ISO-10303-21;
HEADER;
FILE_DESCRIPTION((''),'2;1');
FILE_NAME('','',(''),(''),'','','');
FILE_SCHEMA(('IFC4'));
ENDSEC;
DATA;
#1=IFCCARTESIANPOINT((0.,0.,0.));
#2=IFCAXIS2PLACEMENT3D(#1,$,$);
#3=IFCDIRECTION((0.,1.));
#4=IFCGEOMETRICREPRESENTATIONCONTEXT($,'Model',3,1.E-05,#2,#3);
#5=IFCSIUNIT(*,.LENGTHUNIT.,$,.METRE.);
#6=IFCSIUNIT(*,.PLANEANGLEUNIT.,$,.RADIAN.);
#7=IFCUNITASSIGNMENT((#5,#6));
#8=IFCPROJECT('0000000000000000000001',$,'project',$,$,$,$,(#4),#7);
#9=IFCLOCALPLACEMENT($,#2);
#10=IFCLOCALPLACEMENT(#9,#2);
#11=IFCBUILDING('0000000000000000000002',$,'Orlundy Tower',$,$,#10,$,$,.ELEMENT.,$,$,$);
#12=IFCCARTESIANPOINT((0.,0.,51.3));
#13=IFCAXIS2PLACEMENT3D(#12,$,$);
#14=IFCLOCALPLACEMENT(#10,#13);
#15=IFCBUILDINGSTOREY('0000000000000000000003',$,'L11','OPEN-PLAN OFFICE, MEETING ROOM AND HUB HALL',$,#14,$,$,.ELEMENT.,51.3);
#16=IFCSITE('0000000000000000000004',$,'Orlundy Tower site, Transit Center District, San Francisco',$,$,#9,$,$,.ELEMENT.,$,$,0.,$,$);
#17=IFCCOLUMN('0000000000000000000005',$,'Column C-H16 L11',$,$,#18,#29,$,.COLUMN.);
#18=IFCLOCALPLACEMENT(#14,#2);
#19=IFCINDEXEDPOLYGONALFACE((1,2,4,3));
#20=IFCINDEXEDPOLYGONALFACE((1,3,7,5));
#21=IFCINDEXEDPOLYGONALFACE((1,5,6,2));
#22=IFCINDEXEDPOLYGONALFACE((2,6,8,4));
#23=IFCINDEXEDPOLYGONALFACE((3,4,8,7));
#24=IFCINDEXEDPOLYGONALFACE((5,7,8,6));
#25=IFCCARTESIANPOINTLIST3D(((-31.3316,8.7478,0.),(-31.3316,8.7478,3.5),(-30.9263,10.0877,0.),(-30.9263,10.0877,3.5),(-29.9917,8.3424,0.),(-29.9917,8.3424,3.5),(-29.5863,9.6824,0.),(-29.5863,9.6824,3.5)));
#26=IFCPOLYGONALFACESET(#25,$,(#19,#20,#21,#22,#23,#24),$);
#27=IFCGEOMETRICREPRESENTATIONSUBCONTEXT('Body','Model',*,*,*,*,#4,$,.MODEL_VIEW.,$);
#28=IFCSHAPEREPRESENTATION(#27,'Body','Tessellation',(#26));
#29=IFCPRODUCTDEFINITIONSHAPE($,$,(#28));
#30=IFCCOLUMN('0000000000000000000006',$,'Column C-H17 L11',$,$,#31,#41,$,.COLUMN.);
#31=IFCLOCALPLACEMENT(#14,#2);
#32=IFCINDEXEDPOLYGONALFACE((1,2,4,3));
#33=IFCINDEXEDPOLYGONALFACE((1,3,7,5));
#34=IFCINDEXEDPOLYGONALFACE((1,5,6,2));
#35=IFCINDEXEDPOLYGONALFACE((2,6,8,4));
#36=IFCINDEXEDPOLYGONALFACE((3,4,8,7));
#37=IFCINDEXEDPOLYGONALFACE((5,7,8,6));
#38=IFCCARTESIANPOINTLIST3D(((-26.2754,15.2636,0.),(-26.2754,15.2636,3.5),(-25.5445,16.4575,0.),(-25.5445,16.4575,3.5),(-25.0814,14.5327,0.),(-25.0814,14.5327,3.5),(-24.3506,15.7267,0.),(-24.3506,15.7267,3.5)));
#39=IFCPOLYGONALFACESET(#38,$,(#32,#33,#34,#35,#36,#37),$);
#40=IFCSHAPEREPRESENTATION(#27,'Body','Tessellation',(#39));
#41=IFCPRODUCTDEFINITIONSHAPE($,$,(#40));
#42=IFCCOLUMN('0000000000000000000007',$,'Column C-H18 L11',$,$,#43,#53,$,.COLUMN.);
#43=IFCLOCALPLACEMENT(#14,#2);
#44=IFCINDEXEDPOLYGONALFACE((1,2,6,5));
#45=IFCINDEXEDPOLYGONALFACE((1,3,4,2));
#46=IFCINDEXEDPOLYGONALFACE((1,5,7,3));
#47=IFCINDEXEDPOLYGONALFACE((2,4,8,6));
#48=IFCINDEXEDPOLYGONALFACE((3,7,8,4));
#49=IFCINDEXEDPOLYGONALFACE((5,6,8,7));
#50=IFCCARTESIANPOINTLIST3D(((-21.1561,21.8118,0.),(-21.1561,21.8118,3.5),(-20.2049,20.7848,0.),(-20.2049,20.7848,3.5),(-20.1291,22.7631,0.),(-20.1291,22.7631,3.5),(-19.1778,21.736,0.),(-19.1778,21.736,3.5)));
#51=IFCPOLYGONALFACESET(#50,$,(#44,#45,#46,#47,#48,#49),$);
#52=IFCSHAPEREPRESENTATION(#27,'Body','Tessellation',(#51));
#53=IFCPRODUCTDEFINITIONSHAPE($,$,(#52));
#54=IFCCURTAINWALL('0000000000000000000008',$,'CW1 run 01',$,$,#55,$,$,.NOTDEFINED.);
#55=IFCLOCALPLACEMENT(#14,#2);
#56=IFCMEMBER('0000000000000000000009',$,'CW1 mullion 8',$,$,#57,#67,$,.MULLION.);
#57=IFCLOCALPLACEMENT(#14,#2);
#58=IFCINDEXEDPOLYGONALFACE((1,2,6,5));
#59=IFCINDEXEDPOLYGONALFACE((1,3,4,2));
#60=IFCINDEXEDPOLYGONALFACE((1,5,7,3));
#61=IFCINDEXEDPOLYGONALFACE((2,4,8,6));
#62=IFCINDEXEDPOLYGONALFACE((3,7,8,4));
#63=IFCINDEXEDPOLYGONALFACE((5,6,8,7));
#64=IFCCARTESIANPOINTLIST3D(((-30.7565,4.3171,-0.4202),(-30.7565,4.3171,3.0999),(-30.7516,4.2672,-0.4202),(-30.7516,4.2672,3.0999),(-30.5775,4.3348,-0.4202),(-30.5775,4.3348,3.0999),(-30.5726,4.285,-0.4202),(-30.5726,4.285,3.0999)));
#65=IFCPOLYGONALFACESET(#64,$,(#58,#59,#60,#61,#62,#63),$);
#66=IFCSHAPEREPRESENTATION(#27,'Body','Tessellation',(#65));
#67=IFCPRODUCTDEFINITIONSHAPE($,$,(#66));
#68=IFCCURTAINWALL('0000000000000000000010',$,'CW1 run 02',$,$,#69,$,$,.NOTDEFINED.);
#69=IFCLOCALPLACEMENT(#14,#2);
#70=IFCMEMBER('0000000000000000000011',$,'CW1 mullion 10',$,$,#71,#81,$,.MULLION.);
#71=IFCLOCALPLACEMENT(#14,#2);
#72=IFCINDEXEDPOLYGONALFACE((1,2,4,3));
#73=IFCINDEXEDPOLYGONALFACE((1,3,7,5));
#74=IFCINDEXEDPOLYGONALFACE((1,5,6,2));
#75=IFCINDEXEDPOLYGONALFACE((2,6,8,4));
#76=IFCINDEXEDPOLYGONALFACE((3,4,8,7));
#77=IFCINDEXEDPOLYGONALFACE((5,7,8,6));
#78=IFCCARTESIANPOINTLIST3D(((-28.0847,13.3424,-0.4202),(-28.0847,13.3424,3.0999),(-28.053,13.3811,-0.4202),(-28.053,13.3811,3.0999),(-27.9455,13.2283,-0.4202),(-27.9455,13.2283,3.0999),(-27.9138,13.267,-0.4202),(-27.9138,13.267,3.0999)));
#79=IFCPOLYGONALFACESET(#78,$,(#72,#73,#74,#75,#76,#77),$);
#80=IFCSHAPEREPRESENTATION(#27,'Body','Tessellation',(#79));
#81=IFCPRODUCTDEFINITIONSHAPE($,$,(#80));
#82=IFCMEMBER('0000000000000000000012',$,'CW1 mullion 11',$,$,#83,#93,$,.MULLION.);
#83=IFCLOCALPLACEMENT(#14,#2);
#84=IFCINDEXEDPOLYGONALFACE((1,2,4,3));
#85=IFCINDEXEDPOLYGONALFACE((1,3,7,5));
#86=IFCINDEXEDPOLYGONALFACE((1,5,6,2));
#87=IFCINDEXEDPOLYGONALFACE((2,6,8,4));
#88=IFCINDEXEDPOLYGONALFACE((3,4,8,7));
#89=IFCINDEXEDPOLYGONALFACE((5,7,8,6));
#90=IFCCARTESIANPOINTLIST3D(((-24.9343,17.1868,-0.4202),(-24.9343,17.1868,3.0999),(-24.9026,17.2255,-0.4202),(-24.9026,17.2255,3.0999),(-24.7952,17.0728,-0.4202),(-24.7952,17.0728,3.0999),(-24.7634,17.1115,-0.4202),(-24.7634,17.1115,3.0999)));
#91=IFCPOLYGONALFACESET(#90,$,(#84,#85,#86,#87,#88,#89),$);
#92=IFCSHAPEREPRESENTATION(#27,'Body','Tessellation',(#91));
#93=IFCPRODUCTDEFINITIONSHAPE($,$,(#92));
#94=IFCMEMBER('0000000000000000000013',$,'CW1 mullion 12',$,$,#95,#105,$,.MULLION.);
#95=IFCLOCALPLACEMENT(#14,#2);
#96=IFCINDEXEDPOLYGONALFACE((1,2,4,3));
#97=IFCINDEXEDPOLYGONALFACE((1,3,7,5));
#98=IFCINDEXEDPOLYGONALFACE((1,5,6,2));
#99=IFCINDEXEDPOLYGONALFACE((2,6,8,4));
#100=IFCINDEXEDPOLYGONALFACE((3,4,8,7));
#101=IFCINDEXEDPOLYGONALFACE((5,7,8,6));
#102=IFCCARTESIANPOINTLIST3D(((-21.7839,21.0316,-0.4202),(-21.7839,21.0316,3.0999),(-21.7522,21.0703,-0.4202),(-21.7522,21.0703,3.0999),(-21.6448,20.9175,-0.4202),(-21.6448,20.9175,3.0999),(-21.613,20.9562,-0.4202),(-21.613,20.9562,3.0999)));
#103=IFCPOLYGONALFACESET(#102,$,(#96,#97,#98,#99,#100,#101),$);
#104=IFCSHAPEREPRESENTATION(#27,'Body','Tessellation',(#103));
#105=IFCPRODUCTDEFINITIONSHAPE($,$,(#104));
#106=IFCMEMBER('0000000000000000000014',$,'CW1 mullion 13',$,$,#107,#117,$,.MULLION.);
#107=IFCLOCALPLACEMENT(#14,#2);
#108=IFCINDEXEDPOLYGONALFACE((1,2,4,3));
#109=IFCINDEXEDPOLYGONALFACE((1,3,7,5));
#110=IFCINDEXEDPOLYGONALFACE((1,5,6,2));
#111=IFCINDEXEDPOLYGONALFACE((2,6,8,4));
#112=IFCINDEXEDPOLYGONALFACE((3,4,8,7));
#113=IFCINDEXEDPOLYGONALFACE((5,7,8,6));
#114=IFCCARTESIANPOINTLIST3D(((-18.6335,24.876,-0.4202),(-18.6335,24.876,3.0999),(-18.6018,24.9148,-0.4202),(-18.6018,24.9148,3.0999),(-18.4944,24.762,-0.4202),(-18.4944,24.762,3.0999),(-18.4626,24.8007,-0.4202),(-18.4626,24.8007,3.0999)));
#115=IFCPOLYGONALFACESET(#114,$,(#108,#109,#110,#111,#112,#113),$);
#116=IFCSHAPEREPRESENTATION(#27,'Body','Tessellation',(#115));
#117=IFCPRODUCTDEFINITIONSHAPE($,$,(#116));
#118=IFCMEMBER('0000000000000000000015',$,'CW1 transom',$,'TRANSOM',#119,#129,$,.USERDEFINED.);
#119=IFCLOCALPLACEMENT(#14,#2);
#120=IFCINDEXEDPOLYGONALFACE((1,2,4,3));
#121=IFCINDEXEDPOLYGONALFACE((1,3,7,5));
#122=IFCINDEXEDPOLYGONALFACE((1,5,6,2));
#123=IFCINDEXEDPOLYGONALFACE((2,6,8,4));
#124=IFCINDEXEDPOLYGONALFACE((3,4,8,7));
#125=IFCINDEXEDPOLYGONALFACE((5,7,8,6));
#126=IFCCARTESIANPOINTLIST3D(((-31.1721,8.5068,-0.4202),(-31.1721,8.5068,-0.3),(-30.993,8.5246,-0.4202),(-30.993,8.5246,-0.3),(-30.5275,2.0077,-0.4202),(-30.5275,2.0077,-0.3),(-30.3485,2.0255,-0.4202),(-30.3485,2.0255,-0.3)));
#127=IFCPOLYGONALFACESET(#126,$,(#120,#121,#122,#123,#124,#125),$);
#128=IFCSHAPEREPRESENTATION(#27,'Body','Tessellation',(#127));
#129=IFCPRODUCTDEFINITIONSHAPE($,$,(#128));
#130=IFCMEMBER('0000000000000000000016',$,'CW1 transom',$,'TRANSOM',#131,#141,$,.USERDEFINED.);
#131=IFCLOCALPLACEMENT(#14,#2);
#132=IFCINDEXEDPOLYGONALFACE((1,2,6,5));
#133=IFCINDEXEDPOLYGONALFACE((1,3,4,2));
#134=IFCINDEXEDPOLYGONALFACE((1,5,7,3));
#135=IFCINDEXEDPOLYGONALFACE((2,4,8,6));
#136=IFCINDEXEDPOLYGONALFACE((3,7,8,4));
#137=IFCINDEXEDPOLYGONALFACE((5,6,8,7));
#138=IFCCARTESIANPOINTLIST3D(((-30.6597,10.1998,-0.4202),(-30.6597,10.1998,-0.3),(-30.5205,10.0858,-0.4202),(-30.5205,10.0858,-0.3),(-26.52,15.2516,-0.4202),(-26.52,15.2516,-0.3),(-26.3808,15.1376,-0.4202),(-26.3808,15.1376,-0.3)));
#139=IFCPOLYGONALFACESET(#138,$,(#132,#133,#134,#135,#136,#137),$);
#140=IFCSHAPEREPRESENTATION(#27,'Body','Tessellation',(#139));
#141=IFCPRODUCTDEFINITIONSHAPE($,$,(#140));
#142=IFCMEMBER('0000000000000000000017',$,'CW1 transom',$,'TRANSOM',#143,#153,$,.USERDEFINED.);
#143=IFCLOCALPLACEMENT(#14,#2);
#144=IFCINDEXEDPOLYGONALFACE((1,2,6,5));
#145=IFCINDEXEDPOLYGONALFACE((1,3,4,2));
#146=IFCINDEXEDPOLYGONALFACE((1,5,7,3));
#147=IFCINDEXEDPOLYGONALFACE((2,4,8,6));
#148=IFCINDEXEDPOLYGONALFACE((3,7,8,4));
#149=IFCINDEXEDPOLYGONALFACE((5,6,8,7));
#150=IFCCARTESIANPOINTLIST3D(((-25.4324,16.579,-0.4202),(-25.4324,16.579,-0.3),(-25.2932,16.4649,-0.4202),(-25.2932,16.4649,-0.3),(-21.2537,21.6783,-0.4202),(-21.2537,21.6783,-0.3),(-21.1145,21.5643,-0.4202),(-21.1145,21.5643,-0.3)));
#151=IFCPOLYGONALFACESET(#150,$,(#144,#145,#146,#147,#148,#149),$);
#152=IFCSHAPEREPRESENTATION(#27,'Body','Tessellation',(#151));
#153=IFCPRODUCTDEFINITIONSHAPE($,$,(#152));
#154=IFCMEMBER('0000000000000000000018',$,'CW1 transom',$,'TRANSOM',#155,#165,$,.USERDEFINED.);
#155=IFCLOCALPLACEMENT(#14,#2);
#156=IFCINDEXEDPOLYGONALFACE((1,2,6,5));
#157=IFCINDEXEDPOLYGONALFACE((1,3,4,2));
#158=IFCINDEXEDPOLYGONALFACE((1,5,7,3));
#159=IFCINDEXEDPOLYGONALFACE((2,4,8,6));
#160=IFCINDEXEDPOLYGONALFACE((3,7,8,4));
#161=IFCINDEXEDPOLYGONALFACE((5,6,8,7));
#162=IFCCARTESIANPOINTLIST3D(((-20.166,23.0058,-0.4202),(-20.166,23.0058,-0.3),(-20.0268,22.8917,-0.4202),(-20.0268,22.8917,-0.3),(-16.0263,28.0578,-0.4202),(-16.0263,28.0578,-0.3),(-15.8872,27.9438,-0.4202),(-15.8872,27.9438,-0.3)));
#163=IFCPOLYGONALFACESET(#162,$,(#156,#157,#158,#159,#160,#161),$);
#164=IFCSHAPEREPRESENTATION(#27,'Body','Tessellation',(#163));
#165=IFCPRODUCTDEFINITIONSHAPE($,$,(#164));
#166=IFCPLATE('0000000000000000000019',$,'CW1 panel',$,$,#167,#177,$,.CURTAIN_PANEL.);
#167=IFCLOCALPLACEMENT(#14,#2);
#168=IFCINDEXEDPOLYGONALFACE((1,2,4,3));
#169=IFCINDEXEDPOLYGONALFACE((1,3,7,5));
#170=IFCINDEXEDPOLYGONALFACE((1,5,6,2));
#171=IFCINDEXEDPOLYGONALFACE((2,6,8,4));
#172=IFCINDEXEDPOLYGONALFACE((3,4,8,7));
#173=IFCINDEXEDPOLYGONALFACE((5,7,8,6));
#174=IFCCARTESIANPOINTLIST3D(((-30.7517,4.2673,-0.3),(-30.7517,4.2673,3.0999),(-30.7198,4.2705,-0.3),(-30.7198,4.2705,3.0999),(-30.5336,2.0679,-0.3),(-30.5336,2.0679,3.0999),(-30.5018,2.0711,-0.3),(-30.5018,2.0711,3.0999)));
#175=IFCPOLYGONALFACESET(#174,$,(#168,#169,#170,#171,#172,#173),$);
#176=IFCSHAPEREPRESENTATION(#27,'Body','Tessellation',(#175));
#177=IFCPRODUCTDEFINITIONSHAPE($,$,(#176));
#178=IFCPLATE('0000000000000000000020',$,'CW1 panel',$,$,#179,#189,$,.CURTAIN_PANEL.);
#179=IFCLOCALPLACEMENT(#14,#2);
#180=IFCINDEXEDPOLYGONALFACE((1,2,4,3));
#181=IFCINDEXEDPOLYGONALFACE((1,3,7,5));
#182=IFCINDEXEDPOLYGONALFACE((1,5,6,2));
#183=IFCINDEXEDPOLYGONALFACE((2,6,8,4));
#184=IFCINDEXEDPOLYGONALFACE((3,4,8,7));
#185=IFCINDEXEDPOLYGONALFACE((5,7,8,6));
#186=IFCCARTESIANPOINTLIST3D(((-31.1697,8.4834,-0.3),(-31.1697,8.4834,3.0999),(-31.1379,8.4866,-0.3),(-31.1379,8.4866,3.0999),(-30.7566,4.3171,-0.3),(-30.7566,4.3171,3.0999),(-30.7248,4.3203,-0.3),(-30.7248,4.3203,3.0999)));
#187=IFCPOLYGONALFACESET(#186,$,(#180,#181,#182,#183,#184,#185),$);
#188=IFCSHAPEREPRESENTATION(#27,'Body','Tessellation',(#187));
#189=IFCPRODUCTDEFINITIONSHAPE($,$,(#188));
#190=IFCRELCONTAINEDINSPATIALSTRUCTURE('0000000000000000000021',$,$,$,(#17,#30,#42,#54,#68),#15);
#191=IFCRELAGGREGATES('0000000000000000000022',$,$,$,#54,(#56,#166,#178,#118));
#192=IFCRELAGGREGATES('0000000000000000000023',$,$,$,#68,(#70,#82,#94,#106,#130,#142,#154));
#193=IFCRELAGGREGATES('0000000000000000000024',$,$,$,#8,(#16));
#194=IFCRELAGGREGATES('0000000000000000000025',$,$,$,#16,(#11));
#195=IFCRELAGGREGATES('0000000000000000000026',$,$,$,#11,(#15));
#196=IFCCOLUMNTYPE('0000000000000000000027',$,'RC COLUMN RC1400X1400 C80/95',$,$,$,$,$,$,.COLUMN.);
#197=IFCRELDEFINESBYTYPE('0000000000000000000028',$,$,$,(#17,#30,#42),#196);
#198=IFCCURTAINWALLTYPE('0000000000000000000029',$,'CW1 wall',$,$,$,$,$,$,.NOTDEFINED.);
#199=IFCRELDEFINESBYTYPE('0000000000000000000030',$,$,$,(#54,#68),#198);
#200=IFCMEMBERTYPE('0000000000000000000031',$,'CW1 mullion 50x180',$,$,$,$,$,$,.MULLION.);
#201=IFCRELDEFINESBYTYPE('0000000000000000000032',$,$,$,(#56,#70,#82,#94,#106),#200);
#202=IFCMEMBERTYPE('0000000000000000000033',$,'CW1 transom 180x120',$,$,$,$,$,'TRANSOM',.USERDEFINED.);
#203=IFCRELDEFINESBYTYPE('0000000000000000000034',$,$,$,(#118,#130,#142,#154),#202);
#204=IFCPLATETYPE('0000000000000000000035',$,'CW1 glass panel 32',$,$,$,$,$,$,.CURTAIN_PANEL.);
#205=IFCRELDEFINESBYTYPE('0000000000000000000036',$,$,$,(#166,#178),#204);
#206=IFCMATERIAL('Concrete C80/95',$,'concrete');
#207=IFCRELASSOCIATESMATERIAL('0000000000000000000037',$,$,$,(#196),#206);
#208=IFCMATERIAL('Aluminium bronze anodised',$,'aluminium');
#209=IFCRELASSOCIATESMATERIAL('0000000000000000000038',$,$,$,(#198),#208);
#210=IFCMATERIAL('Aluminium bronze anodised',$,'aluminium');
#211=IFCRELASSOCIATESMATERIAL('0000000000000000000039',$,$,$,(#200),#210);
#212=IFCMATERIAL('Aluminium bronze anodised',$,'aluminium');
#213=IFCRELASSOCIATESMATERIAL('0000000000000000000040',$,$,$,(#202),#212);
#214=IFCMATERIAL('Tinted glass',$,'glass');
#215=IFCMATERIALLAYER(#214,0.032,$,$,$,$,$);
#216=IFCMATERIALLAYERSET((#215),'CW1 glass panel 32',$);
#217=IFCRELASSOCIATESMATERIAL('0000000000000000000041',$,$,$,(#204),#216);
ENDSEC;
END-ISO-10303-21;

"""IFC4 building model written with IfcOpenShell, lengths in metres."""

from ifc_helpers import new_model, si_unit, direction, frame, origin, origin_2d, place, context, subcontext, project, spatial, rectangle, extrude, material, layer, layer_set, material_profile, profile_set, type_object, element, aggregate, save


model = new_model("IFC4")

# Units and contexts
model_context = context("Model", 3, precision=1e-05, world=origin(), true_north=direction((0.0, 1.0)))
body_context = subcontext(model_context, "Body", "Model", "MODEL_VIEW")
ifc_project = project(units=[si_unit("LENGTHUNIT", "METRE"), si_unit("PLANEANGLEUNIT", "RADIAN")], contexts=[model_context])

# Site, building, storey
site_placement = place(None, origin())
site = spatial("IfcSite", under=ifc_project, at=site_placement, Name="Orlundy Tower site, Transit Center District, San Francisco", CompositionType="ELEMENT", RefElevation=0.0)
building_placement = place(site_placement, origin())
building = spatial("IfcBuilding", under=site, at=building_placement, Name="Orlundy Tower", CompositionType="ELEMENT")
storey_placement = place(building_placement, frame((0.0, 0.0, 51.3)))
storey = spatial("IfcBuildingStorey", under=building, at=storey_placement, Name="L11", Description="OPEN-PLAN OFFICE, MEETING ROOM AND HUB HALL", CompositionType="ELEMENT", Elevation=51.3)

# Columns
ifc_material_1 = material(Name="Concrete C80/95", Category="concrete")
ifc_material_profile_1 = material_profile(ifc_material_1, rectangle(XDim=1.3999, YDim=1.3999, at=origin_2d()), Name="RC1400X1400")
ifc_profile_set_1 = profile_set([ifc_material_profile_1], Name="Concrete C80/95")
column_type = type_object("IfcColumnType", Name="RC COLUMN RC1400X1400 C80/95", PredefinedType="COLUMN", material=ifc_profile_set_1)
for number, where, z_axis, x_axis, name in (
    (1, (-30.459, 9.2151, 0.0), (0.0, 0.0, 1.0), (-0.957153, 0.289583, 0.0), "Column C-H16 L11"),
    (2, (-25.313, 15.4951, 0.0), (0.0, 0.0, 1.0), (-0.852895, 0.522082, 0.0), "Column C-H17 L11"),
    (3, (-20.167, 21.7739, 0.0), (0.0, 0.0, 1.0), (-0.679518, 0.733659, 0.0), "Column C-H18 L11"),
):
    element("IfcColumn", number, at=place(storey_placement, frame(where, z_axis=z_axis, x_axis=x_axis)), inside=storey, type_object=column_type, Name=name, PredefinedType="COLUMN", context=body_context, shape_type="SweptSolid", body=[
        extrude(rectangle(XDim=1.3999, YDim=1.3999, at=origin_2d()), origin(), (0.0, 0.0, 1.0), 3.5),
    ])

# Curtain wall, member
ifc_material_2 = material(Name="Aluminium bronze anodised", Category="aluminium")
curtain_wall_type = type_object("IfcCurtainWallType", Name="CW1 wall", PredefinedType="NOTDEFINED", material=ifc_material_2)
curtain_wall_1_placement = place(storey_placement, origin())
curtain_wall_1 = element("IfcCurtainWall", 4, at=curtain_wall_1_placement, inside=storey, type_object=curtain_wall_type, Name="CW1 run 01", PredefinedType="NOTDEFINED")
ifc_material_3 = material(Name="Aluminium bronze anodised", Category="aluminium")
ifc_material_profile_2 = material_profile(ifc_material_3, rectangle(XDim=0.1799, YDim=0.05, at=origin_2d()), Name="CW1 mullion 50x180")
ifc_profile_set_2 = profile_set([ifc_material_profile_2], Name="Aluminium bronze anodised")
member_type_1 = type_object("IfcMemberType", Name="CW1 mullion 50x180", PredefinedType="MULLION", material=ifc_profile_set_2)
member_1_placement = place(storey_placement, frame((-30.6646, 4.301, -0.4202), z_axis=(0.0, 0.0, 1.0), x_axis=(-0.99512, -0.098672, 0.0)))
member_1 = element("IfcMember", 5, at=member_1_placement, type_object=member_type_1, Name="CW1 mullion 8", PredefinedType="MULLION", context=body_context, shape_type="SweptSolid", body=[
    extrude(rectangle(XDim=0.1799, YDim=0.05, at=origin_2d()), origin(), (0.0, 0.0, 1.0), 3.52),
])

# Curtain wall, members
curtain_wall_2_placement = place(storey_placement, origin())
curtain_wall_2 = element("IfcCurtainWall", 6, at=curtain_wall_2_placement, inside=storey, type_object=curtain_wall_type, Name="CW1 run 02", PredefinedType="NOTDEFINED")
member_2_placement = place(storey_placement, frame((-27.9993, 13.3047, -0.4202), z_axis=(0.0, 0.0, 1.0), x_axis=(-0.773482, 0.633818, 0.0)))
member_2 = element("IfcMember", 7, at=member_2_placement, type_object=member_type_1, Name="CW1 mullion 10", PredefinedType="MULLION", context=body_context, shape_type="SweptSolid", body=[
    extrude(rectangle(XDim=0.1799, YDim=0.05, at=origin_2d()), origin(), (0.0, 0.0, 1.0), 3.52),
])
member_3_placement = place(storey_placement, frame((-24.8489, 17.1492, -0.4202), z_axis=(0.0, 0.0, 1.0), x_axis=(-0.773482, 0.633818, 0.0)))
member_3 = element("IfcMember", 8, at=member_3_placement, type_object=member_type_1, Name="CW1 mullion 11", PredefinedType="MULLION", context=body_context, shape_type="SweptSolid", body=[
    extrude(rectangle(XDim=0.1799, YDim=0.05, at=origin_2d()), origin(), (0.0, 0.0, 1.0), 3.52),
])
member_4_placement = place(storey_placement, frame((-21.6985, 20.9939, -0.4202), z_axis=(0.0, 0.0, 1.0), x_axis=(-0.773482, 0.633818, 0.0)))
member_4 = element("IfcMember", 9, at=member_4_placement, type_object=member_type_1, Name="CW1 mullion 12", PredefinedType="MULLION", context=body_context, shape_type="SweptSolid", body=[
    extrude(rectangle(XDim=0.1799, YDim=0.05, at=origin_2d()), origin(), (0.0, 0.0, 1.0), 3.52),
])
member_5_placement = place(storey_placement, frame((-18.5481, 24.8384, -0.4202), z_axis=(0.0, 0.0, 1.0), x_axis=(-0.773482, 0.633818, 0.0)))
member_5 = element("IfcMember", 10, at=member_5_placement, type_object=member_type_1, Name="CW1 mullion 13", PredefinedType="MULLION", context=body_context, shape_type="SweptSolid", body=[
    extrude(rectangle(XDim=0.1799, YDim=0.05, at=origin_2d()), origin(), (0.0, 0.0, 1.0), 3.52),
])

# Members
ifc_material_4 = material(Name="Aluminium bronze anodised", Category="aluminium")
ifc_material_profile_3 = material_profile(ifc_material_4, rectangle(XDim=0.1799, YDim=0.1201, at=origin_2d()), Name="CW1 transom 180x120")
ifc_profile_set_3 = profile_set([ifc_material_profile_3], Name="Aluminium bronze anodised")
member_type_2 = type_object("IfcMemberType", Name="CW1 transom 180x120", ElementType="TRANSOM", PredefinedType="USERDEFINED", material=ifc_profile_set_3)
member_6_placement = place(storey_placement, frame((-30.438, 2.0166, -0.3601), z_axis=(-0.098689, 0.995118, 0.0), x_axis=(-0.995118, -0.098689, 0.0)))
member_6 = element("IfcMember", 11, at=member_6_placement, type_object=member_type_2, Name="CW1 transom", ObjectType="TRANSOM", PredefinedType="USERDEFINED", context=body_context, shape_type="SweptSolid", body=[
    extrude(rectangle(XDim=0.1799, YDim=0.1201, at=origin_2d()), origin(), (0.0, 0.0, 1.0), 6.531),
])
member_7_placement = place(storey_placement, frame((-30.5901, 10.1428, -0.3601), z_axis=(0.633824, 0.773477, 0.0), x_axis=(-0.773477, 0.633824, 0.0)))
member_7 = element("IfcMember", 12, at=member_7_placement, type_object=member_type_2, Name="CW1 transom", ObjectType="TRANSOM", PredefinedType="USERDEFINED", context=body_context, shape_type="SweptSolid", body=[
    extrude(rectangle(XDim=0.1799, YDim=0.1201, at=origin_2d()), origin(), (0.0, 0.0, 1.0), 6.5312),
])
member_8_placement = place(storey_placement, frame((-25.3628, 16.522, -0.3601), z_axis=(0.633828, 0.773474, 0.0), x_axis=(-0.773474, 0.633828, 0.0)))
member_8 = element("IfcMember", 13, at=member_8_placement, type_object=member_type_2, Name="CW1 transom", ObjectType="TRANSOM", PredefinedType="USERDEFINED", context=body_context, shape_type="SweptSolid", body=[
    extrude(rectangle(XDim=0.1799, YDim=0.1201, at=origin_2d()), origin(), (0.0, 0.0, 1.0), 6.5928),
])
member_9_placement = place(storey_placement, frame((-20.0964, 22.9487, -0.3601), z_axis=(0.633806, 0.773492, 0.0), x_axis=(-0.773492, 0.633806, 0.0)))
member_9 = element("IfcMember", 14, at=member_9_placement, type_object=member_type_2, Name="CW1 transom", ObjectType="TRANSOM", PredefinedType="USERDEFINED", context=body_context, shape_type="SweptSolid", body=[
    extrude(rectangle(XDim=0.1799, YDim=0.1201, at=origin_2d()), origin(), (0.0, 0.0, 1.0), 6.5315),
])

# Plates
ifc_material_5 = material(Name="Tinted glass", Category="glass")
ifc_layer_1 = layer(ifc_material_5, 0.032)
ifc_layer_set_1 = layer_set([ifc_layer_1], Name="CW1 glass panel 32")
plate_type = type_object("IfcPlateType", Name="CW1 glass panel 32", PredefinedType="CURTAIN_PANEL", material=ifc_layer_set_1)
plate_1_placement = place(storey_placement, frame((-30.6267, 3.1692, -0.3), z_axis=(0.0, 0.0, 1.0), x_axis=(-0.098672, 0.99512, 0.0)))
plate_1 = element("IfcPlate", 15, at=plate_1_placement, type_object=plate_type, Name="CW1 panel", PredefinedType="CURTAIN_PANEL", context=body_context, shape_type="SweptSolid", body=[
    extrude(rectangle(XDim=2.2102, YDim=0.032, at=origin_2d()), origin(), (0.0, 0.0, 1.0), 3.3999),
])
plate_2_placement = place(storey_placement, frame((-30.9473, 6.4019, -0.3), z_axis=(0.0, 0.0, 1.0), x_axis=(-0.098672, 0.99512, 0.0)))
plate_2 = element("IfcPlate", 16, at=plate_2_placement, type_object=plate_type, Name="CW1 panel", PredefinedType="CURTAIN_PANEL", context=body_context, shape_type="SweptSolid", body=[
    extrude(rectangle(XDim=4.1868, YDim=0.032, at=origin_2d()), origin(), (0.0, 0.0, 1.0), 3.3999),
])
aggregate(curtain_wall_1, [member_1, plate_1, plate_2, member_6])
aggregate(curtain_wall_2, [member_2, member_3, member_4, member_5, member_7, member_8, member_9])

save(model, "model.ifc")
